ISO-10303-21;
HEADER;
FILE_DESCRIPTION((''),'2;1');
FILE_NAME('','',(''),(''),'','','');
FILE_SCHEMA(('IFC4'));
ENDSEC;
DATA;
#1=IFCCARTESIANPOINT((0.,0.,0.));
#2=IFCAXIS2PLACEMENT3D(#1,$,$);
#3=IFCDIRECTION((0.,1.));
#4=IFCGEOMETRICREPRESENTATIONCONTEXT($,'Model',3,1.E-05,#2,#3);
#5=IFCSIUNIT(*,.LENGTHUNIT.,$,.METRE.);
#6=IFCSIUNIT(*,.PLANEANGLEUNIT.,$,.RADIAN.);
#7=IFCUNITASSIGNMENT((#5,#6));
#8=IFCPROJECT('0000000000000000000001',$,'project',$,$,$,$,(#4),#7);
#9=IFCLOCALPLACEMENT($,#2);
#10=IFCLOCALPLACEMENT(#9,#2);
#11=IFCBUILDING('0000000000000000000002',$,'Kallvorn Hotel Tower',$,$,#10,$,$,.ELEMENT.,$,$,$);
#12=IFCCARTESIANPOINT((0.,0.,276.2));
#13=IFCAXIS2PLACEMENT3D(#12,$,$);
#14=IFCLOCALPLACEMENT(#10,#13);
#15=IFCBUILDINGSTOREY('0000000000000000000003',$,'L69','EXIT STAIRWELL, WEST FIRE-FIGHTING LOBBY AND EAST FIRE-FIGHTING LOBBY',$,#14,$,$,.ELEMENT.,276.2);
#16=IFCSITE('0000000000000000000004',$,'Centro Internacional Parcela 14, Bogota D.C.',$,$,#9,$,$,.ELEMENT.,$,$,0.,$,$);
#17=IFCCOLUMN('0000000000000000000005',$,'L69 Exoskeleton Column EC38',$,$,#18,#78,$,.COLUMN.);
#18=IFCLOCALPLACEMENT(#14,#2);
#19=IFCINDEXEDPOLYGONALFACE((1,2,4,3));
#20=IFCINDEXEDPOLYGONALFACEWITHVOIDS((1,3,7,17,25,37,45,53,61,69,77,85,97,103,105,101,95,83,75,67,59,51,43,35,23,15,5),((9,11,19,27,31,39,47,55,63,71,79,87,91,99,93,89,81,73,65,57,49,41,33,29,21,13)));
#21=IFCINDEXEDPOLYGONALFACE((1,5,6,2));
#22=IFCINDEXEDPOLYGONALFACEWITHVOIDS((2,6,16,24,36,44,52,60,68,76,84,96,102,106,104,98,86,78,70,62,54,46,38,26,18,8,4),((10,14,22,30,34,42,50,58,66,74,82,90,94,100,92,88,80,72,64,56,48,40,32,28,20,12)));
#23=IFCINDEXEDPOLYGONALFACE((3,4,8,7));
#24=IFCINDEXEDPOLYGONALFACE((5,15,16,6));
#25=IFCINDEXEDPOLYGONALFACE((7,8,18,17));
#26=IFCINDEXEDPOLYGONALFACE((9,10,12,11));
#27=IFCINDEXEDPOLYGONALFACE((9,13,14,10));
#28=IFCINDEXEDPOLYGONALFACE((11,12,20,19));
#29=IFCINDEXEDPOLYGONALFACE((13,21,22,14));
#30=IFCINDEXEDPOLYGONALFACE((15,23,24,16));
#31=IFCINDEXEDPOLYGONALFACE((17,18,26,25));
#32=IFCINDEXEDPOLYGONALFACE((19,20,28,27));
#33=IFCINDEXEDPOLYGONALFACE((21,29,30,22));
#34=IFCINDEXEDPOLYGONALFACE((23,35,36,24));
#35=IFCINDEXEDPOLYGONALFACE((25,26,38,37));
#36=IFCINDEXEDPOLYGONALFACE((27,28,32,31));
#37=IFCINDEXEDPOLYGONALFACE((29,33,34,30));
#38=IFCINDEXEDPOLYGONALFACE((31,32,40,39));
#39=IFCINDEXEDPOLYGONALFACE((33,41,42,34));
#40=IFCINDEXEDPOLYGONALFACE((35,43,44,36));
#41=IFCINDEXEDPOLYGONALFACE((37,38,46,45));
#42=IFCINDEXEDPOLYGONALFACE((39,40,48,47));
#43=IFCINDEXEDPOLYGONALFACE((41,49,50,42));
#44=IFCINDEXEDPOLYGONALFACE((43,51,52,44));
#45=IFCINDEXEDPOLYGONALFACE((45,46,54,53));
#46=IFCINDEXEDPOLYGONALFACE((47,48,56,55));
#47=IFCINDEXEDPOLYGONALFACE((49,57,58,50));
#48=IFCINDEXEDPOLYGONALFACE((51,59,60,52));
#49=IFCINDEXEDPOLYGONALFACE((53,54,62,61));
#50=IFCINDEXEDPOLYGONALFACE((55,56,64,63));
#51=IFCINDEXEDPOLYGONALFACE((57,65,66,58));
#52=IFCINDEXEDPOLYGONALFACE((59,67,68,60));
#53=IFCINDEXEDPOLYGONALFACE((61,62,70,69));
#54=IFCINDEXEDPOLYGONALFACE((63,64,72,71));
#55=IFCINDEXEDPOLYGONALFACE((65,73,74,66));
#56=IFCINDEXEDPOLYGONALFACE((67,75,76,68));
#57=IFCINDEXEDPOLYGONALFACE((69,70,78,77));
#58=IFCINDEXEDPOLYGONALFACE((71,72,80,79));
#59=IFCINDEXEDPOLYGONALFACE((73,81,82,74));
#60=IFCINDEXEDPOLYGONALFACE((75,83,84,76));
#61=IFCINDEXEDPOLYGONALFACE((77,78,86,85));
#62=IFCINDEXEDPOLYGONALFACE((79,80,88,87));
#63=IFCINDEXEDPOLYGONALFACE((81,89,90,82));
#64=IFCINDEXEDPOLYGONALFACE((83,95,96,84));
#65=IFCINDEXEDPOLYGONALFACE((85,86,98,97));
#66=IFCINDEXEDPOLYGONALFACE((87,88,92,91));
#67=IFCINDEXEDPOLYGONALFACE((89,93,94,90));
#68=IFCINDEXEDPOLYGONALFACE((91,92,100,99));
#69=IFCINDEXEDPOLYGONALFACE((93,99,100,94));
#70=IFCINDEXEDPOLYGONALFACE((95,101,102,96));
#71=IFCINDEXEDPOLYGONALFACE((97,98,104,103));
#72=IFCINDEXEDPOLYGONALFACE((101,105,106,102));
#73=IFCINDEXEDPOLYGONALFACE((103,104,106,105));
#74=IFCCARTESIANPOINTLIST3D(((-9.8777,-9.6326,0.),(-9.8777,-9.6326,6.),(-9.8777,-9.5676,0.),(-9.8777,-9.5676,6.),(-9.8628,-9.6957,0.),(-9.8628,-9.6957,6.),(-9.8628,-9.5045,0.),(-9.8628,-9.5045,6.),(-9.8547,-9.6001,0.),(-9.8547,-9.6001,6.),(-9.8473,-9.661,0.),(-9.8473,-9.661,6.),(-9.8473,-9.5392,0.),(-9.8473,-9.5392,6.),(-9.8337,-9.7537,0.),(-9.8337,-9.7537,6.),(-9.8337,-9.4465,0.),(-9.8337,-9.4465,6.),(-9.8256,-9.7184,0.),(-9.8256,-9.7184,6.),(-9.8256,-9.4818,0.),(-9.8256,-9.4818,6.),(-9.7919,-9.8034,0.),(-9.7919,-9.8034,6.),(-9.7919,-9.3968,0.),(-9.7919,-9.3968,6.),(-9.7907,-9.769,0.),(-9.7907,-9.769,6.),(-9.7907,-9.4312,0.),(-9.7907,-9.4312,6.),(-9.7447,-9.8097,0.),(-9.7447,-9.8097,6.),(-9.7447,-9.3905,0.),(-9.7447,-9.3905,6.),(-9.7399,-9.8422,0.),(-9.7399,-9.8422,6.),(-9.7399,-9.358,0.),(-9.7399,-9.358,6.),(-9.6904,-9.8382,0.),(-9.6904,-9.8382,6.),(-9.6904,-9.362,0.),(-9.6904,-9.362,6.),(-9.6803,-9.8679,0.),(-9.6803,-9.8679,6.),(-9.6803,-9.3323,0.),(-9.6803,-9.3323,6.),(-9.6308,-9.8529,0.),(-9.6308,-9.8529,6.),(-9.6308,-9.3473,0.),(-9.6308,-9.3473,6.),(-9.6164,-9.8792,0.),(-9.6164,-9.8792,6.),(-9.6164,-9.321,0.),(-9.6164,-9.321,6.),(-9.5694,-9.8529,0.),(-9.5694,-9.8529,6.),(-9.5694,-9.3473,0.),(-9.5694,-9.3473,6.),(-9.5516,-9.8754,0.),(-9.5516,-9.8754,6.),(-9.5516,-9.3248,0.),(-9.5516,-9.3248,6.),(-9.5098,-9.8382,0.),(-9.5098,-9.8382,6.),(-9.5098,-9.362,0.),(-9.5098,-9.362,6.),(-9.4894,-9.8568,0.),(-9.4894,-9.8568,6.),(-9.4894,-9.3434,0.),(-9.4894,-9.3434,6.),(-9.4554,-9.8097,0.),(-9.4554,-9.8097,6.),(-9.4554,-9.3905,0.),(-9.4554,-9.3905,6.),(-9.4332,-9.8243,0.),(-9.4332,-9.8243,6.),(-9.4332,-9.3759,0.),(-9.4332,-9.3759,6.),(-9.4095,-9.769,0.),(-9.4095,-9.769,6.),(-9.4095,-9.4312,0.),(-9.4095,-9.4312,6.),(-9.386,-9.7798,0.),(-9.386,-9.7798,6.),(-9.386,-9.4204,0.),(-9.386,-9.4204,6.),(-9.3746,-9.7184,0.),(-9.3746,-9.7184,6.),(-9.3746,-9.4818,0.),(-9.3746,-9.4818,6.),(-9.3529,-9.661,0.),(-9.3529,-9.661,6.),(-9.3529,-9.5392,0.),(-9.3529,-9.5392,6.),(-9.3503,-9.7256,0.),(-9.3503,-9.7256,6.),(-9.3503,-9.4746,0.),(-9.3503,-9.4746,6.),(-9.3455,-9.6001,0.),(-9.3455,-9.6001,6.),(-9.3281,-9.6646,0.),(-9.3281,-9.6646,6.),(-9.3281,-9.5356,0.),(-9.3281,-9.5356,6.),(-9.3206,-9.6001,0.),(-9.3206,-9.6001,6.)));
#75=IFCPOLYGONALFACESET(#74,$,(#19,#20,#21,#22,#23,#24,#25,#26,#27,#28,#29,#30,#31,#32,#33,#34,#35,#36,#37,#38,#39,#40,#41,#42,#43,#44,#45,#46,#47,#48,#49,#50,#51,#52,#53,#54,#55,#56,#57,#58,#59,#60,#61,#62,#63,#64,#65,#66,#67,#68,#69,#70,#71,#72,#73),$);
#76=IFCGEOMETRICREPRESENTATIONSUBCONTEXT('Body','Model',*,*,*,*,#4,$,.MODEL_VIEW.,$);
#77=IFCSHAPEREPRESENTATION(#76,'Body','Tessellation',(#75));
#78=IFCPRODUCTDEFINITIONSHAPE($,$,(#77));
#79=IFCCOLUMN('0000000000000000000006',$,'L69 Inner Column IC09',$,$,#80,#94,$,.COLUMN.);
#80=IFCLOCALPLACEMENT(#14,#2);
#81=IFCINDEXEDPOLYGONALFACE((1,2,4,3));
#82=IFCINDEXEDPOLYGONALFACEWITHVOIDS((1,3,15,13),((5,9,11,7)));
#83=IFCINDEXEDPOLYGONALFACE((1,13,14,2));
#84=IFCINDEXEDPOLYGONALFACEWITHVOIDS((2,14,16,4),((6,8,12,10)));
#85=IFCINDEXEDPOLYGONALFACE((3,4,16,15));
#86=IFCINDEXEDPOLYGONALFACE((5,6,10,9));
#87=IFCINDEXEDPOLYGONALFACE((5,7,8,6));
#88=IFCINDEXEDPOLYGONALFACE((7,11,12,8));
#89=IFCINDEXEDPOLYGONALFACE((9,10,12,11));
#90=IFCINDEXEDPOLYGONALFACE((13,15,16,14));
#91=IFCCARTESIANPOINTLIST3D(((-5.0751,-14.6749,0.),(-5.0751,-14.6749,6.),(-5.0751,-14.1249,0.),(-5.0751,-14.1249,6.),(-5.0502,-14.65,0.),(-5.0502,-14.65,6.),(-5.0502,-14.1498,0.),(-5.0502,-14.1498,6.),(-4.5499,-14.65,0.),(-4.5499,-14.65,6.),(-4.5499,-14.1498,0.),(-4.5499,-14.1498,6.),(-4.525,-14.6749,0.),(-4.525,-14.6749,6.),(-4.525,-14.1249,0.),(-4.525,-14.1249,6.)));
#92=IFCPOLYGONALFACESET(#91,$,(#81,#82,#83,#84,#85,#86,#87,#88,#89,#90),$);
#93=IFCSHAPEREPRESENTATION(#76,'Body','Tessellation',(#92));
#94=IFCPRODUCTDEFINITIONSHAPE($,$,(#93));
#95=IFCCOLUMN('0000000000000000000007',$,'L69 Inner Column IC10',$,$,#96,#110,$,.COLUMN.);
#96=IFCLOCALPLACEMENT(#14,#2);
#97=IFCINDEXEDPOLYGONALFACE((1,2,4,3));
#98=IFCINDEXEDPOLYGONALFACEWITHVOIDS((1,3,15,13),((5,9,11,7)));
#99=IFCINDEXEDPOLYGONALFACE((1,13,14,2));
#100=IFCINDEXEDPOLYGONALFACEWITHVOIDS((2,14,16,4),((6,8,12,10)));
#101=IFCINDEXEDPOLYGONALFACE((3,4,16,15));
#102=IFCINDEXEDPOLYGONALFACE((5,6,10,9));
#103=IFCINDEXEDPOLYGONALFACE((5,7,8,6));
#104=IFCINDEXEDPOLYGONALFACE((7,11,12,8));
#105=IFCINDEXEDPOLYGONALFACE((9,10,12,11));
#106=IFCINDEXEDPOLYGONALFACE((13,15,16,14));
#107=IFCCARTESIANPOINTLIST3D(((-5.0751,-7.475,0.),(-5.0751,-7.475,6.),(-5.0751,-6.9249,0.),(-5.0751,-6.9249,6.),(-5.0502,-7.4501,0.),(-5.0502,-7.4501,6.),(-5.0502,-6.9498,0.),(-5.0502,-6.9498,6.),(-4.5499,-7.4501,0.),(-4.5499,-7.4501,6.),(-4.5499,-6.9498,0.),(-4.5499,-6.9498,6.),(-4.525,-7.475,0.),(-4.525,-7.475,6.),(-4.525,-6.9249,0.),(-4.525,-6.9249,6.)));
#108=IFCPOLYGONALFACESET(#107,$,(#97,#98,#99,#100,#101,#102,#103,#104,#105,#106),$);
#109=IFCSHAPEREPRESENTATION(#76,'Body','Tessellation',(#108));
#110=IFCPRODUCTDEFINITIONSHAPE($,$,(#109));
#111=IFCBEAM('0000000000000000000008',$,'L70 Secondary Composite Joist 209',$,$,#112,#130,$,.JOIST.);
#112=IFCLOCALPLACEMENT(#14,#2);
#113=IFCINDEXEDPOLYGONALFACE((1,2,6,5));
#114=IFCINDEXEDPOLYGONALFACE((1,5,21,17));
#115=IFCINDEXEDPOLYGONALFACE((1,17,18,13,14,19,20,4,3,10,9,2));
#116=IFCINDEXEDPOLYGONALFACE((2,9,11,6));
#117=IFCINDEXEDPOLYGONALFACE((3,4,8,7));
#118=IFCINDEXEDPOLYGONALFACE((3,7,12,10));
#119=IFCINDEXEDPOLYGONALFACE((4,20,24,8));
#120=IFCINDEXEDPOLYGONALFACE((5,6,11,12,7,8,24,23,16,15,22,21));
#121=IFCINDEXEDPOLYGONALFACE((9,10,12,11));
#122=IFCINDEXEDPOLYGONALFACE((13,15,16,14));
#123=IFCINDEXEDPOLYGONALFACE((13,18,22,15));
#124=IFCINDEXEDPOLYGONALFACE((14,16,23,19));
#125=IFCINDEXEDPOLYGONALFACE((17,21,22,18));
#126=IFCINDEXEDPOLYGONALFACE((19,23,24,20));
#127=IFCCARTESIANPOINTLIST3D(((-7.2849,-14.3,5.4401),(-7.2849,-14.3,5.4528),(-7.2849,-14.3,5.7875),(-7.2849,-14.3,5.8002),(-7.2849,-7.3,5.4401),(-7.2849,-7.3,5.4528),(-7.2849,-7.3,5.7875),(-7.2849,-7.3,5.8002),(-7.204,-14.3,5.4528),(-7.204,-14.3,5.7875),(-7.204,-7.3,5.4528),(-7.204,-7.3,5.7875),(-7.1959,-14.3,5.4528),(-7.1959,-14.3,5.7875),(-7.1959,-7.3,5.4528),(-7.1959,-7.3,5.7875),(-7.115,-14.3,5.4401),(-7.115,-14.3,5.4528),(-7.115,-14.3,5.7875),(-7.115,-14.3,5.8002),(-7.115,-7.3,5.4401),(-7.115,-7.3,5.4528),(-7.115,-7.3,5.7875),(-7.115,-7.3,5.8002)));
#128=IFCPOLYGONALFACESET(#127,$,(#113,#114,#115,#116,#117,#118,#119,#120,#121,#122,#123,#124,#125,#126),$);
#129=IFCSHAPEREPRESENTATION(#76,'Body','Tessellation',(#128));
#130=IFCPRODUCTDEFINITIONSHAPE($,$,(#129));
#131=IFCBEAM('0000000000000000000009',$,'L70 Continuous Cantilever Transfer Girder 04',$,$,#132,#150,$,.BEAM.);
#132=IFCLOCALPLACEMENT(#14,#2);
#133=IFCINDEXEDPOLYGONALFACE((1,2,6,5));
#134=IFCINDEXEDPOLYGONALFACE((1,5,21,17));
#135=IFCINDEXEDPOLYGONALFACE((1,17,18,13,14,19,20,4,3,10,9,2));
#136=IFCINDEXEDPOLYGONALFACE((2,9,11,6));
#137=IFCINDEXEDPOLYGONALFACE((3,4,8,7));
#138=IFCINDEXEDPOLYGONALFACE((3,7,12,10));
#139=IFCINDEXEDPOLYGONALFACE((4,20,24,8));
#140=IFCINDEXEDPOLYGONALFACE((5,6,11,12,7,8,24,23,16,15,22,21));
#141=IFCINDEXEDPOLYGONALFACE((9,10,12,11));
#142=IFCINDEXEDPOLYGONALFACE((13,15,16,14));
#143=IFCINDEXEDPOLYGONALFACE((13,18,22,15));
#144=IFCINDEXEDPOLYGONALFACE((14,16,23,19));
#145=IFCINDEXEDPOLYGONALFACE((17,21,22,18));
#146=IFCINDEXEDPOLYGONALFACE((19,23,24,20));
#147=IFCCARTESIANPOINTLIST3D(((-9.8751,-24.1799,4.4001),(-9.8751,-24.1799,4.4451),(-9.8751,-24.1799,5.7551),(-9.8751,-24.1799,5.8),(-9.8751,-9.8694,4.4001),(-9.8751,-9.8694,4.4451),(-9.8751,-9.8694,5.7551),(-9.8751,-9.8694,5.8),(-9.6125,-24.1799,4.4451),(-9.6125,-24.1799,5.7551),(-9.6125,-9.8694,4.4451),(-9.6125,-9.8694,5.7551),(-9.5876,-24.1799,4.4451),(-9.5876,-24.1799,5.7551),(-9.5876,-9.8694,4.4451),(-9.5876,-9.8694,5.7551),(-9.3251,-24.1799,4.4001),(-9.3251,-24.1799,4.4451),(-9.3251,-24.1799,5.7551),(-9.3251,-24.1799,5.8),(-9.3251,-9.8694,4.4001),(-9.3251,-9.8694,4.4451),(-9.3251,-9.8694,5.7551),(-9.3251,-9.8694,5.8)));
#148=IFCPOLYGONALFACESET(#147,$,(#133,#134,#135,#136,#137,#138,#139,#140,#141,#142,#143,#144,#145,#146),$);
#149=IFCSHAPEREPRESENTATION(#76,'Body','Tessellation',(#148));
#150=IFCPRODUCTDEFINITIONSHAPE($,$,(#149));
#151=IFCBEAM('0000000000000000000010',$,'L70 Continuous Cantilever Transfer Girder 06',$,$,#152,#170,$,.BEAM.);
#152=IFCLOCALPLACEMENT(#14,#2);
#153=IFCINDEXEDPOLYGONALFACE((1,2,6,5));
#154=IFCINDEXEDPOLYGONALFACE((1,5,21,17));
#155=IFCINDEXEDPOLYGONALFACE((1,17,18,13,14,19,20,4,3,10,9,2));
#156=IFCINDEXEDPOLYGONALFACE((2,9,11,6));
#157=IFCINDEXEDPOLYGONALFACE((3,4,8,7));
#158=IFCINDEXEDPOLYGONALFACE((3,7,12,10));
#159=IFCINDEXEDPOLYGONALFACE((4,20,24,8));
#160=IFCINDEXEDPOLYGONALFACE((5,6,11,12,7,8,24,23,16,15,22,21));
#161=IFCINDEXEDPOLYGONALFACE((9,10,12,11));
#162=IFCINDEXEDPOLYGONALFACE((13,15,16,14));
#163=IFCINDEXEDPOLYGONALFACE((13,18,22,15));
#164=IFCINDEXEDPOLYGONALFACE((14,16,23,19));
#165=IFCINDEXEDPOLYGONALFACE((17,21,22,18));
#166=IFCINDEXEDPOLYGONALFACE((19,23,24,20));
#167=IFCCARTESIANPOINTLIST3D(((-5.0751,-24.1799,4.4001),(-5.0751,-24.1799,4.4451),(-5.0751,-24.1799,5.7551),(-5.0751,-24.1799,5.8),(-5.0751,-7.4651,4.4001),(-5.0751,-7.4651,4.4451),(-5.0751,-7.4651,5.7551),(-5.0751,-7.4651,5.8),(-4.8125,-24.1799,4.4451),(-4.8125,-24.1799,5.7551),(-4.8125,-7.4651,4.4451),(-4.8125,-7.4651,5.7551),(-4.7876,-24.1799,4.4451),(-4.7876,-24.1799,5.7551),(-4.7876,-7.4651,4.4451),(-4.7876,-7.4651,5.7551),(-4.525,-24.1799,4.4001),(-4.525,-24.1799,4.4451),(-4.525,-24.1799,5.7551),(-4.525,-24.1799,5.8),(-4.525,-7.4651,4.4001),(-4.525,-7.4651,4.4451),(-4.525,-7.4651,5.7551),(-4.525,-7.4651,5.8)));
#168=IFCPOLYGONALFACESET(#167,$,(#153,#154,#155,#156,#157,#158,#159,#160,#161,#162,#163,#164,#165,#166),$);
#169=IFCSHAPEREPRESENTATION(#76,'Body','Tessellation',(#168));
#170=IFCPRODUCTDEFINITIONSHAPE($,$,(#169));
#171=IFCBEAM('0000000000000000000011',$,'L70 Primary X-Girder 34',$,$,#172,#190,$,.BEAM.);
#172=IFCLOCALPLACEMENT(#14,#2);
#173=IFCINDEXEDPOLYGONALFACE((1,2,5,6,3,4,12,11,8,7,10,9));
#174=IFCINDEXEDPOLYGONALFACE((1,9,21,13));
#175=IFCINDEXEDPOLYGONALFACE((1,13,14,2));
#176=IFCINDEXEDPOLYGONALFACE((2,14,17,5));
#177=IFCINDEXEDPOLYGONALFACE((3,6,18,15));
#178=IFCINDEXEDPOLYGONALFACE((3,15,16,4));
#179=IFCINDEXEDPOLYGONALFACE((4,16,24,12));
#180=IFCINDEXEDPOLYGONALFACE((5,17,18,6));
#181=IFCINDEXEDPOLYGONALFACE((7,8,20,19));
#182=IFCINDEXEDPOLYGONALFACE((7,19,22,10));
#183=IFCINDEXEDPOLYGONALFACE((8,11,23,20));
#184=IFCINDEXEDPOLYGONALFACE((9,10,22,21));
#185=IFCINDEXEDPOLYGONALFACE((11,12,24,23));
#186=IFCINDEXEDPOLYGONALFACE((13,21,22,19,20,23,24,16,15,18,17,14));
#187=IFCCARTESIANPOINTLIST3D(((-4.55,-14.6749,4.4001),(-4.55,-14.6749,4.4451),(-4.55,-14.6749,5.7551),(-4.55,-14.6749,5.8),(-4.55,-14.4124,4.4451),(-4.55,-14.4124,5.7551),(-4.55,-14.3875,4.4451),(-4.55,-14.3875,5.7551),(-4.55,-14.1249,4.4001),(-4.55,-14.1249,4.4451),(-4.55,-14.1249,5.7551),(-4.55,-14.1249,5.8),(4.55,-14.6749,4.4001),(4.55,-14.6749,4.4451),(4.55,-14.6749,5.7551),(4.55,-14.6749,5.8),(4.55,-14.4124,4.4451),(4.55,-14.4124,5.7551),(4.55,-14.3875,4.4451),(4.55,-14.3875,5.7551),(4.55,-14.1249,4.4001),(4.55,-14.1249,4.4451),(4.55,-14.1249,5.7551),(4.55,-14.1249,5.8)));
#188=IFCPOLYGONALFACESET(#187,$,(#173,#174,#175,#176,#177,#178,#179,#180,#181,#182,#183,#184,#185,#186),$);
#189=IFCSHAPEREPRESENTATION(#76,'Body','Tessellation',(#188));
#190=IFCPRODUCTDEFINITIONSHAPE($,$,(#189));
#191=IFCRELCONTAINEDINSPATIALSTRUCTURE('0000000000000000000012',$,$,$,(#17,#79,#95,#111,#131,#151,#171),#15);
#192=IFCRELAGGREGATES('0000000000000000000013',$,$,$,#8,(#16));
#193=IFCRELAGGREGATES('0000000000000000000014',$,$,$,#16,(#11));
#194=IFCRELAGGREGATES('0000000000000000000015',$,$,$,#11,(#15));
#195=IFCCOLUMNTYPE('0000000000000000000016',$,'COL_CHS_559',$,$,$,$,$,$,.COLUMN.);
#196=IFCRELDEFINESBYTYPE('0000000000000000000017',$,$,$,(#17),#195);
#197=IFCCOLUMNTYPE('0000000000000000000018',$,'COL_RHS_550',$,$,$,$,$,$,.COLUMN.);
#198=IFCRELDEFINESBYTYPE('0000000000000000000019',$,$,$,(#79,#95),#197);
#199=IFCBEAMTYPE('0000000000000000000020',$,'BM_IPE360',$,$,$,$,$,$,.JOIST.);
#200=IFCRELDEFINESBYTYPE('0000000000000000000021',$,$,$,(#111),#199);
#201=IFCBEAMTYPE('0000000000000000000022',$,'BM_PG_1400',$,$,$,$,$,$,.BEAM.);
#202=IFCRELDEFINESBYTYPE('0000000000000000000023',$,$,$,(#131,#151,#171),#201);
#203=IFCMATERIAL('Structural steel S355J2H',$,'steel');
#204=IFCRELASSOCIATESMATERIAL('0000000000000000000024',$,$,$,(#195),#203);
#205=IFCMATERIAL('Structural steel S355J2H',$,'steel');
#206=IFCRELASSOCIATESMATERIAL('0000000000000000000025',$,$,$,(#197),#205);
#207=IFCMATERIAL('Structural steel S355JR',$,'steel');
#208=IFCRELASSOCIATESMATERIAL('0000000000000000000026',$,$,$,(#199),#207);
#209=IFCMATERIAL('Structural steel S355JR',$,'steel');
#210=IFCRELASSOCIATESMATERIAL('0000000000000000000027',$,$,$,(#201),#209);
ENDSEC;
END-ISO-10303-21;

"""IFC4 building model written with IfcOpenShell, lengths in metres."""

from ifc_helpers import new_model, si_unit, direction, frame, origin, origin_2d, place, context, subcontext, project, spatial, hollow_rectangle, hollow_circle, i_section, extrude, material, material_profile, profile_set, type_object, element, save


model = new_model("IFC4")

# Units and contexts
model_context = context("Model", 3, precision=1e-05, world=origin(), true_north=direction((0.0, 1.0)))
body_context = subcontext(model_context, "Body", "Model", "MODEL_VIEW")
ifc_project = project(units=[si_unit("LENGTHUNIT", "METRE"), si_unit("PLANEANGLEUNIT", "RADIAN")], contexts=[model_context])

# Site, building, storey
site_placement = place(None, origin())
site = spatial("IfcSite", under=ifc_project, at=site_placement, Name="Centro Internacional Parcela 14, Bogota D.C.", CompositionType="ELEMENT", RefElevation=0.0)
building_placement = place(site_placement, origin())
building = spatial("IfcBuilding", under=site, at=building_placement, Name="Kallvorn Hotel Tower", CompositionType="ELEMENT")
storey_placement = place(building_placement, frame((0.0, 0.0, 276.2)))
storey = spatial("IfcBuildingStorey", under=building, at=storey_placement, Name="L69", Description="EXIT STAIRWELL, WEST FIRE-FIGHTING LOBBY AND EAST FIRE-FIGHTING LOBBY", CompositionType="ELEMENT", Elevation=276.2)

# Columns
ifc_material_1 = material(Name="Structural steel S355J2H", Category="steel")
ifc_material_profile_1 = material_profile(ifc_material_1, hollow_circle(Radius=0.2795, WallThickness=0.0249, at=origin_2d()), Name="CHS 559x25")
ifc_profile_set_1 = profile_set([ifc_material_profile_1], Name="Structural steel S355J2H")
column_type_1 = type_object("IfcColumnType", Name="COL_CHS_559", PredefinedType="COLUMN", material=ifc_profile_set_1)
column_placement = place(storey_placement, frame((-9.6001, -9.6001, 0.0), z_axis=(0.0, 0.0, 1.0), x_axis=(1.0, 0.0, 0.0)))
element("IfcColumn", 1, at=column_placement, inside=storey, type_object=column_type_1, Name="L69 Exoskeleton Column EC38", PredefinedType="COLUMN", context=body_context, shape_type="SweptSolid", body=[
    extrude(hollow_circle(Radius=0.2795, WallThickness=0.0249, at=origin_2d()), origin(), (0.0, 0.0, 1.0), 6.0),
])
ifc_material_2 = material(Name="Structural steel S355J2H", Category="steel")
ifc_material_profile_2 = material_profile(ifc_material_2, hollow_rectangle(XDim=0.55, YDim=0.55, WallThickness=0.0249, at=origin_2d()), Name="RHS 550x550x25")
ifc_profile_set_2 = profile_set([ifc_material_profile_2], Name="Structural steel S355J2H")
column_type_2 = type_object("IfcColumnType", Name="COL_RHS_550", PredefinedType="COLUMN", material=ifc_profile_set_2)
for number, where, z_axis, x_axis, name in (
    (2, (-4.8, -14.3999, 0.0), (0.0, 0.0, 1.0), (1.0, 0.0, 0.0), "L69 Inner Column IC09"),
    (3, (-4.8, -7.2, 0.0), (0.0, 0.0, 1.0), (1.0, 0.0, 0.0), "L69 Inner Column IC10"),
):
    element("IfcColumn", number, at=place(storey_placement, frame(where, z_axis=z_axis, x_axis=x_axis)), inside=storey, type_object=column_type_2, Name=name, PredefinedType="COLUMN", context=body_context, shape_type="SweptSolid", body=[
        extrude(hollow_rectangle(XDim=0.55, YDim=0.55, WallThickness=0.0249, at=origin_2d()), origin(), (0.0, 0.0, 1.0), 6.0),
    ])

# Beams
ifc_material_3 = material(Name="Structural steel S355JR", Category="steel")
ifc_material_profile_3 = material_profile(ifc_material_3, i_section(OverallWidth=0.1699, OverallDepth=0.3601, WebThickness=0.0081, FlangeThickness=0.0127, at=origin_2d()), Name="IPE 360")
ifc_profile_set_3 = profile_set([ifc_material_profile_3], Name="Structural steel S355JR")
beam_type_1 = type_object("IfcBeamType", Name="BM_IPE360", PredefinedType="JOIST", material=ifc_profile_set_3)
beam_1_placement = place(storey_placement, frame((-7.2, -14.3, 5.6201), z_axis=(0.0, 1.0, 0.0), x_axis=(-1.0, 0.0, 0.0)))
element("IfcBeam", 4, at=beam_1_placement, inside=storey, type_object=beam_type_1, Name="L70 Secondary Composite Joist 209", PredefinedType="JOIST", context=body_context, shape_type="SweptSolid", body=[
    extrude(i_section(OverallWidth=0.1699, OverallDepth=0.3601, WebThickness=0.0081, FlangeThickness=0.0127, at=origin_2d()), origin(), (0.0, 0.0, 1.0), 7.0),
])
ifc_material_4 = material(Name="Structural steel S355JR", Category="steel")
ifc_material_profile_4 = material_profile(ifc_material_4, i_section(OverallWidth=0.55, OverallDepth=1.3999, WebThickness=0.0249, FlangeThickness=0.0449, at=origin_2d()), Name="PG 1400x550x25x45")
ifc_profile_set_4 = profile_set([ifc_material_profile_4], Name="Structural steel S355JR")
beam_type_2 = type_object("IfcBeamType", Name="BM_PG_1400", PredefinedType="BEAM", material=ifc_profile_set_4)
beam_2_placement = place(storey_placement, frame((-9.6001, -9.8694, 5.1001), z_axis=(0.0, -1.0, 0.0), x_axis=(1.0, 0.0, 0.0)))
element("IfcBeam", 5, at=beam_2_placement, inside=storey, type_object=beam_type_2, Name="L70 Continuous Cantilever Transfer Girder 04", PredefinedType="BEAM", context=body_context, shape_type="SweptSolid", body=[
    extrude(i_section(OverallWidth=0.55, OverallDepth=1.3999, WebThickness=0.0249, FlangeThickness=0.0449, at=origin_2d()), origin(), (0.0, 0.0, 1.0), 14.3105),
])
beam_3_placement = place(storey_placement, frame((-4.8, -7.4651, 5.1001), z_axis=(0.0, -1.0, 0.0), x_axis=(1.0, 0.0, 0.0)))
element("IfcBeam", 6, at=beam_3_placement, inside=storey, type_object=beam_type_2, Name="L70 Continuous Cantilever Transfer Girder 06", PredefinedType="BEAM", context=body_context, shape_type="SweptSolid", body=[
    extrude(i_section(OverallWidth=0.55, OverallDepth=1.3999, WebThickness=0.0249, FlangeThickness=0.0449, at=origin_2d()), origin(), (0.0, 0.0, 1.0), 16.7148),
])
beam_4_placement = place(storey_placement, frame((-4.55, -14.3999, 5.1001), z_axis=(1.0, 0.0, 0.0), x_axis=(0.0, 1.0, 0.0)))
element("IfcBeam", 7, at=beam_4_placement, inside=storey, type_object=beam_type_2, Name="L70 Primary X-Girder 34", PredefinedType="BEAM", context=body_context, shape_type="SweptSolid", body=[
    extrude(i_section(OverallWidth=0.55, OverallDepth=1.3999, WebThickness=0.0249, FlangeThickness=0.0449, at=origin_2d()), origin(), (0.0, 0.0, 1.0), 9.1001),
])

save(model, "model.ifc")
